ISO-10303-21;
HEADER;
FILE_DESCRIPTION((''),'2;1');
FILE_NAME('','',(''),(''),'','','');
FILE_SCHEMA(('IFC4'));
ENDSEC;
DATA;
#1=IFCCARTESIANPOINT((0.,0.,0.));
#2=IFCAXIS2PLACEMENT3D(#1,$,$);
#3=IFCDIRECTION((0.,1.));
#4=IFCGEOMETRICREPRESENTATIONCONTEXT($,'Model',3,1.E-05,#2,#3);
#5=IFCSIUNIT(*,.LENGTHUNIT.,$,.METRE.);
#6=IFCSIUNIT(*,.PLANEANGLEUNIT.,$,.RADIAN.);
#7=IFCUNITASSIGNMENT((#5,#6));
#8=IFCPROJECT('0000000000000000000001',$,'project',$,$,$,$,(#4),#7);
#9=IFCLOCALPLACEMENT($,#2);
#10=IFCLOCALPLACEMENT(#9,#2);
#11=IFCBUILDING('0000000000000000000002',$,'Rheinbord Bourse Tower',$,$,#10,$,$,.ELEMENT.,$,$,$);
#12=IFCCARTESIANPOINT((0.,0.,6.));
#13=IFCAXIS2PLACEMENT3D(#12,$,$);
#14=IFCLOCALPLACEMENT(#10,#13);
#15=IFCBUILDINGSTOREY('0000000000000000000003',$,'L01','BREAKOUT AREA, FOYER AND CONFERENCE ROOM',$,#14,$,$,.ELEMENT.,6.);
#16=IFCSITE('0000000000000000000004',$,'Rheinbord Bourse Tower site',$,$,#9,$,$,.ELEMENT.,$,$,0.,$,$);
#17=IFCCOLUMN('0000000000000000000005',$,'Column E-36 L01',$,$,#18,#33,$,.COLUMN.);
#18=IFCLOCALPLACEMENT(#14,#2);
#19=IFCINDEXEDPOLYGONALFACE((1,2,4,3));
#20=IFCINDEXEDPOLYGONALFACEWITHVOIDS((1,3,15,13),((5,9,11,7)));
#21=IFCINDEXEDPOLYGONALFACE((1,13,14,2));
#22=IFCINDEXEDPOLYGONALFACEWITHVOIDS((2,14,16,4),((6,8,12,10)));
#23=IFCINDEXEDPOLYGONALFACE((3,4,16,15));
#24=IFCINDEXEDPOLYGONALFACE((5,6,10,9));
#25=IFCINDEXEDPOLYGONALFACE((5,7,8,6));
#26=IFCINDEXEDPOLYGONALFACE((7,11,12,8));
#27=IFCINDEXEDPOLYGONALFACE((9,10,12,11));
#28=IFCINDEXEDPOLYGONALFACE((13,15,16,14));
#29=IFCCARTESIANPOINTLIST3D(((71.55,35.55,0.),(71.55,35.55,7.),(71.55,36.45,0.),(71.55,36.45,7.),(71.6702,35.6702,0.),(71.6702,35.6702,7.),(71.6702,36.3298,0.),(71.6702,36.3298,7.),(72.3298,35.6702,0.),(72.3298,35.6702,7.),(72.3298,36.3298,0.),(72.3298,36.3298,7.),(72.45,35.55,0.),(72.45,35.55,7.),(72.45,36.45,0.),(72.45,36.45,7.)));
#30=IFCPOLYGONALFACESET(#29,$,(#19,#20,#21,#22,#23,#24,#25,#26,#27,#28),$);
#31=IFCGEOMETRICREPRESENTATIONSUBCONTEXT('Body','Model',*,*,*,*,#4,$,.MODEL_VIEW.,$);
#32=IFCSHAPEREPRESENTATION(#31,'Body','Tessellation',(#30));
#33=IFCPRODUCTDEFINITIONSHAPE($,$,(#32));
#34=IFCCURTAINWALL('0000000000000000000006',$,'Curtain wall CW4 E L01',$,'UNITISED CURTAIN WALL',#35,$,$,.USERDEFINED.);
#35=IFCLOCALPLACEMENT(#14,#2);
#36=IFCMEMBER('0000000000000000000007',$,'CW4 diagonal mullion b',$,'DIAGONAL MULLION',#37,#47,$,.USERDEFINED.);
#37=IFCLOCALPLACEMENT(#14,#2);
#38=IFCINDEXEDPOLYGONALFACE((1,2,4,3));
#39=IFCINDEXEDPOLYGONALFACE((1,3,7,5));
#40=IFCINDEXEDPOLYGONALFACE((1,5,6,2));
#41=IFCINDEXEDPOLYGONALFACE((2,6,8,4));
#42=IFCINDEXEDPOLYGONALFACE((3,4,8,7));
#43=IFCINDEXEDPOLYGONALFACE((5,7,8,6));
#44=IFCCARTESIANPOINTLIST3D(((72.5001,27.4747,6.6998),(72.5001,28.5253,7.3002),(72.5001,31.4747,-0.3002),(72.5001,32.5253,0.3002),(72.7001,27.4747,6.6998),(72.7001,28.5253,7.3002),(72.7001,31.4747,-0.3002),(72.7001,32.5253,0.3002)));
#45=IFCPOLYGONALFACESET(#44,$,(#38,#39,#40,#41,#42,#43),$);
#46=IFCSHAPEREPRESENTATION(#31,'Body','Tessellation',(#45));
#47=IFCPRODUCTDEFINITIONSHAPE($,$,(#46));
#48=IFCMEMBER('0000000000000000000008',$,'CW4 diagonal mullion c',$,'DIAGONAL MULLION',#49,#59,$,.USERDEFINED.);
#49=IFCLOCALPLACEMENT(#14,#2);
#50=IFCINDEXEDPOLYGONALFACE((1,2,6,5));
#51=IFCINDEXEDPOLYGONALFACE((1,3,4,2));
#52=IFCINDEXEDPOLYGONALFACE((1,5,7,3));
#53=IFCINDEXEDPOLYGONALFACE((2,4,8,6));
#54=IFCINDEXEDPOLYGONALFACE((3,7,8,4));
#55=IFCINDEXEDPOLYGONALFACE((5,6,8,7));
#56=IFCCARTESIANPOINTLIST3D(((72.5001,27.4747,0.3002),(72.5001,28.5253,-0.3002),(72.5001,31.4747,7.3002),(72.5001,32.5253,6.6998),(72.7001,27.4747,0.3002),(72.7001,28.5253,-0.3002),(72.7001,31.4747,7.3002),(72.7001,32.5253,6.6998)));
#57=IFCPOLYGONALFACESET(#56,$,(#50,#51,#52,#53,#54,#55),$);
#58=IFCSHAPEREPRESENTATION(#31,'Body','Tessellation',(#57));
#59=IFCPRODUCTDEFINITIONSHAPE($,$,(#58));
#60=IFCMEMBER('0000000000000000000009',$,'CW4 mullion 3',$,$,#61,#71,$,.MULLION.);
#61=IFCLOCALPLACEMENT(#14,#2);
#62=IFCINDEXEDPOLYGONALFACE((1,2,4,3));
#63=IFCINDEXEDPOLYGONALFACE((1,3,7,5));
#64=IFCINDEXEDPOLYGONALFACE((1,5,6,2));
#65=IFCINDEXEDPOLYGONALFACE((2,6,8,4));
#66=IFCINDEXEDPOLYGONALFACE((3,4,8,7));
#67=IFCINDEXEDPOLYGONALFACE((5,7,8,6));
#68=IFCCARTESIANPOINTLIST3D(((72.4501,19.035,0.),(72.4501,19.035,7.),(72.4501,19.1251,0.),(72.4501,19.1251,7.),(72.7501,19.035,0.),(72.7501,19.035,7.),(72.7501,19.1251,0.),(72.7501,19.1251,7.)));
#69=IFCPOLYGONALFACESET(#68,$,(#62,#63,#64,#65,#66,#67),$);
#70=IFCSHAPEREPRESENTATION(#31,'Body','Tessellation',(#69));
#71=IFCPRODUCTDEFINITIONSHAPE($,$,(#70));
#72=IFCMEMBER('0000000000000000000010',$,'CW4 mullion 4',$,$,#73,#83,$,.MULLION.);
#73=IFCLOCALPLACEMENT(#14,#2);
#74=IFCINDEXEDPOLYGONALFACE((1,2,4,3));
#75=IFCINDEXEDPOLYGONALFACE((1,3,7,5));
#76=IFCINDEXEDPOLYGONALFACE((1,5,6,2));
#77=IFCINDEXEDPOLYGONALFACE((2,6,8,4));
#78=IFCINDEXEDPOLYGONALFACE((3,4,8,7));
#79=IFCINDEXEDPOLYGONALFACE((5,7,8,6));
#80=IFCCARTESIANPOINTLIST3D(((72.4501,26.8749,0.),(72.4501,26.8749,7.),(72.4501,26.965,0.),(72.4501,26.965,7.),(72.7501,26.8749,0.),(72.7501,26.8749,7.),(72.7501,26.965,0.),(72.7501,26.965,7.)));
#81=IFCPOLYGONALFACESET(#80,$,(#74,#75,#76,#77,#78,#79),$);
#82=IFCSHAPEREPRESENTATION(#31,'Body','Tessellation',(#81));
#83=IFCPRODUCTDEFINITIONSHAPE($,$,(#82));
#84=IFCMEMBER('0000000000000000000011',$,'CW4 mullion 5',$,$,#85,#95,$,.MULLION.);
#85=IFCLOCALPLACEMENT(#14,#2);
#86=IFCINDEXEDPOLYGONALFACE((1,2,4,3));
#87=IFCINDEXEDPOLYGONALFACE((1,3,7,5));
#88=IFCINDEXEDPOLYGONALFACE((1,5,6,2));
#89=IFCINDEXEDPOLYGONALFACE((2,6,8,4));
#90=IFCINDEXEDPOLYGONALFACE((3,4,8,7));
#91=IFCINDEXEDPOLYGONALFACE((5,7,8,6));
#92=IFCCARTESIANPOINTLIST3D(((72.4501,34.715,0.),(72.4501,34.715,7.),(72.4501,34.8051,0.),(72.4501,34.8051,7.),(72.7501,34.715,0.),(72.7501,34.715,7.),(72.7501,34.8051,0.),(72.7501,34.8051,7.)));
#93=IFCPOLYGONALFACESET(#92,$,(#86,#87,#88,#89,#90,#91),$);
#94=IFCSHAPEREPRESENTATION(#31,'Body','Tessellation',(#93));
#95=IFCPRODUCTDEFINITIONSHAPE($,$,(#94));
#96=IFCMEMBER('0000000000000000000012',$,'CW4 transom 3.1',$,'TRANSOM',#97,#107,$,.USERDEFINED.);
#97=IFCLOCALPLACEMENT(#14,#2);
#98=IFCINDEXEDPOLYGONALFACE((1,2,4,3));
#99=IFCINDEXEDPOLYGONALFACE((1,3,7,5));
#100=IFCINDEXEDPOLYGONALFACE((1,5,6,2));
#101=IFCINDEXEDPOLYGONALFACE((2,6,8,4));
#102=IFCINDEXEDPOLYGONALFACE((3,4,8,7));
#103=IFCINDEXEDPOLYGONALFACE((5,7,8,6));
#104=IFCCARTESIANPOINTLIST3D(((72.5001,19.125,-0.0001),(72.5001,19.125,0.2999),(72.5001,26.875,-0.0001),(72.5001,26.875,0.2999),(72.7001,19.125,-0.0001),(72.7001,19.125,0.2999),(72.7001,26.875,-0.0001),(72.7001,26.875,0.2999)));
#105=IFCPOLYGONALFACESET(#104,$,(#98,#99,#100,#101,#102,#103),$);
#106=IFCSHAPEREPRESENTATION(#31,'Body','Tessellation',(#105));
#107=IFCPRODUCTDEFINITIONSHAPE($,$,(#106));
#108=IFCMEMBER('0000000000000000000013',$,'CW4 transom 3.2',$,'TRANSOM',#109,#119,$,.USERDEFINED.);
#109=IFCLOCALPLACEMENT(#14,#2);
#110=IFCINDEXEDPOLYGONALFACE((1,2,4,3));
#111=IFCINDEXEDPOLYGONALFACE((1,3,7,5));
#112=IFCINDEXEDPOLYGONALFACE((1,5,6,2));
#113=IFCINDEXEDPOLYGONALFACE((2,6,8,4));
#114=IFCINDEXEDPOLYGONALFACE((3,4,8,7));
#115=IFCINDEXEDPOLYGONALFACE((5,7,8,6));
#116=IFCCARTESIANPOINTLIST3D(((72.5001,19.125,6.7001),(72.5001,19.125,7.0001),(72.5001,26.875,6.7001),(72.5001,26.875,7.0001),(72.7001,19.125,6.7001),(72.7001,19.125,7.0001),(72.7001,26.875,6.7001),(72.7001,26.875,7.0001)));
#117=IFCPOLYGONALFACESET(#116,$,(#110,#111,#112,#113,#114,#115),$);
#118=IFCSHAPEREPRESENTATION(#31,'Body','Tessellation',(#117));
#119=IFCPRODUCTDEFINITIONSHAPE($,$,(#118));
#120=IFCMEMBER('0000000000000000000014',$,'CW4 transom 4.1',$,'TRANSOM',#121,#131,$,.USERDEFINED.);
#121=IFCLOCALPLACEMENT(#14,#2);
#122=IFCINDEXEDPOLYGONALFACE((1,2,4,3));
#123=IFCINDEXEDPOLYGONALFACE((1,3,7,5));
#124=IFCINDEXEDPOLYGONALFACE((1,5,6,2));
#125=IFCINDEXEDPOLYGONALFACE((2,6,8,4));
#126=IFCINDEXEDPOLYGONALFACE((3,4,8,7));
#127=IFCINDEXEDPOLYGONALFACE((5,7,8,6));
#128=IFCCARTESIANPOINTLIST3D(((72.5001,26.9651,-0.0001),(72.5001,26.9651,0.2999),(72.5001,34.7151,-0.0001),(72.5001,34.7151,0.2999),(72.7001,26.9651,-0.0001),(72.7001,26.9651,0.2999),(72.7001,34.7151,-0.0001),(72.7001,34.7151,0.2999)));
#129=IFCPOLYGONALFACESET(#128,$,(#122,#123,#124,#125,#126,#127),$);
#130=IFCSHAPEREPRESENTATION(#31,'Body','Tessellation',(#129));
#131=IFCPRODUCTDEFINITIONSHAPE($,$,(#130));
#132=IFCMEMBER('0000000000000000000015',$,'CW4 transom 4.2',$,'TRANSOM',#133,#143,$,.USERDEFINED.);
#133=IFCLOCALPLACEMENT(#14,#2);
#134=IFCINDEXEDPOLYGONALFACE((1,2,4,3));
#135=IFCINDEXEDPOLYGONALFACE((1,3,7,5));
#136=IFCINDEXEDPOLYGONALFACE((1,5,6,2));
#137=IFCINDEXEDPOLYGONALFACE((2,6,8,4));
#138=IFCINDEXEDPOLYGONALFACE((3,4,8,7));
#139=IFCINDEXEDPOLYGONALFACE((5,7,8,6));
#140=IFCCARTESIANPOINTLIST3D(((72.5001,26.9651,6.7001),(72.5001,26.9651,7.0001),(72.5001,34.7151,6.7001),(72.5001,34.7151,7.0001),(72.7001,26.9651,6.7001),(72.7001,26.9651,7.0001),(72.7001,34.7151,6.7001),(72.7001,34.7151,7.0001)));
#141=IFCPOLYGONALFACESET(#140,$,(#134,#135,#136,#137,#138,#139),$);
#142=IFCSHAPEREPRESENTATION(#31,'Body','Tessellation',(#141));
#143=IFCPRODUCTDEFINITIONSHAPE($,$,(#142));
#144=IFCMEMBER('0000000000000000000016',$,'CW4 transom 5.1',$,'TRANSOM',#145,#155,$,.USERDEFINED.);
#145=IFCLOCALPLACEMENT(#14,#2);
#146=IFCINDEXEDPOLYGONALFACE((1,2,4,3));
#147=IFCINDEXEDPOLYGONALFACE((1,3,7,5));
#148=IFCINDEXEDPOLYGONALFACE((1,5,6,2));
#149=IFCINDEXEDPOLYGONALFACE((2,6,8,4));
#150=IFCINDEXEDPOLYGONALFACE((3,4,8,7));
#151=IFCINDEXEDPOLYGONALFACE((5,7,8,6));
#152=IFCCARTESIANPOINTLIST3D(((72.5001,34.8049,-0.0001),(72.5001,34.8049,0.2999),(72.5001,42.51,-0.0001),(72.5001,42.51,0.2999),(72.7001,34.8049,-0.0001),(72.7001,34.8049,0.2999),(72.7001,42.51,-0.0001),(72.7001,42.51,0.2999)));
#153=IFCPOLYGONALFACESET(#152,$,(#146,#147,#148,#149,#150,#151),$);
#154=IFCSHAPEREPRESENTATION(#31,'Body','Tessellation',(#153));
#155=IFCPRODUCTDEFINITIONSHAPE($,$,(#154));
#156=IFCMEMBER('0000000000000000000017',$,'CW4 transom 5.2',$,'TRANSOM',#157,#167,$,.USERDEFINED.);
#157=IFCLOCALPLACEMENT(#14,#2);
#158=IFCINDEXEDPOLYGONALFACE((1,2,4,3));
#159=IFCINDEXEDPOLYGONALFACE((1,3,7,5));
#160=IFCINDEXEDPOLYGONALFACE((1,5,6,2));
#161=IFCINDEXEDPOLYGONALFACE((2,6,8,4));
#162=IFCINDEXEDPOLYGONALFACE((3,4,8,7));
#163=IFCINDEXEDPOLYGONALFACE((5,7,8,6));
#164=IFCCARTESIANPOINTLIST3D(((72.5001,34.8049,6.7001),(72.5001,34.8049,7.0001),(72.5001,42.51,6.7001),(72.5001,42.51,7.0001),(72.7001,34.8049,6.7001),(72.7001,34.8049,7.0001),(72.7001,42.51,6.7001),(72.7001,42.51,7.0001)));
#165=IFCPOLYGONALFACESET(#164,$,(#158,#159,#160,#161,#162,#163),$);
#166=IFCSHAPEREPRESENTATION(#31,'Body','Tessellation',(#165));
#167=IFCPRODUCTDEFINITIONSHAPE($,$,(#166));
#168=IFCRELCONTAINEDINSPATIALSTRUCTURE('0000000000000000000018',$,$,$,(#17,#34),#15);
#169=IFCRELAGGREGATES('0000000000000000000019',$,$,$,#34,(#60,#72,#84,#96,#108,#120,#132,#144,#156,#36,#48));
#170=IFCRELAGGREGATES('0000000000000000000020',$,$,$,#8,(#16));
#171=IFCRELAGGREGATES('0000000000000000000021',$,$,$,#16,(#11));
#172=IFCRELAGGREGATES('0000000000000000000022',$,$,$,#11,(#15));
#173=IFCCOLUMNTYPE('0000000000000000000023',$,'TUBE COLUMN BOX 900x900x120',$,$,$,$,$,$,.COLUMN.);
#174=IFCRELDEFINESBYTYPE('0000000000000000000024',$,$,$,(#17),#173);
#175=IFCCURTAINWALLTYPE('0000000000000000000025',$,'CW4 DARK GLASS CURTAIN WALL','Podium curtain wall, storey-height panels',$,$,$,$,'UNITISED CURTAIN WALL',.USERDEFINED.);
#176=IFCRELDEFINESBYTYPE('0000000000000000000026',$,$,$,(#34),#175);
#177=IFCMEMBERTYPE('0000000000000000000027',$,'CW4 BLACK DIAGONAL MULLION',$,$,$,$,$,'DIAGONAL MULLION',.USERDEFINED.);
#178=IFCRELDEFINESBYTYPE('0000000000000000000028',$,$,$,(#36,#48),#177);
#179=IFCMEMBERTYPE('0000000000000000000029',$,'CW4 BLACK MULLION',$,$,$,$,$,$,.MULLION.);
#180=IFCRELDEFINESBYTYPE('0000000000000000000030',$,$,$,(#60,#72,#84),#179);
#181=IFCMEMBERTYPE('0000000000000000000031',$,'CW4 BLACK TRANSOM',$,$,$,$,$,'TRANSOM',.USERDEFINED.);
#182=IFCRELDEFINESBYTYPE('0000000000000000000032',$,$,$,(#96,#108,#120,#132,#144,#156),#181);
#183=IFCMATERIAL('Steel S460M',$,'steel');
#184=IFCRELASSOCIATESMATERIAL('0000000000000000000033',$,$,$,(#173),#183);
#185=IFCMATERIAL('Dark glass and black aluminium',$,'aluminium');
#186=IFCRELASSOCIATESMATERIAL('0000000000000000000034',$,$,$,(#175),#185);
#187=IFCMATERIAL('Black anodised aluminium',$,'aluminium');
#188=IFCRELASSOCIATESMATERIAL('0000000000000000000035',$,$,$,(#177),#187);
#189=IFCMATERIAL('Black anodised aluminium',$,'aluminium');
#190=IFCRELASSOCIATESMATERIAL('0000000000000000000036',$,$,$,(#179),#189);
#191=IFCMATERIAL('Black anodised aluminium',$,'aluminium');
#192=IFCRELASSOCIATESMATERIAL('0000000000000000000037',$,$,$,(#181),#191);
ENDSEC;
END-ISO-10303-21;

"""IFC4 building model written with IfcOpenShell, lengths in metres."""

from ifc_helpers import new_model, si_unit, direction, frame, origin, origin_2d, place, context, subcontext, project, spatial, rectangle, hollow_rectangle, extrude, material, material_profile, profile_set, type_object, element, aggregate, save


model = new_model("IFC4")

# Units and contexts
model_context = context("Model", 3, precision=1e-05, world=origin(), true_north=direction((0.0, 1.0)))
body_context = subcontext(model_context, "Body", "Model", "MODEL_VIEW")
ifc_project = project(units=[si_unit("LENGTHUNIT", "METRE"), si_unit("PLANEANGLEUNIT", "RADIAN")], contexts=[model_context])

# Site, building, storey
site_placement = place(None, origin())
site = spatial("IfcSite", under=ifc_project, at=site_placement, Name="Rheinbord Bourse Tower site", CompositionType="ELEMENT", RefElevation=0.0)
building_placement = place(site_placement, origin())
building = spatial("IfcBuilding", under=site, at=building_placement, Name="Rheinbord Bourse Tower", CompositionType="ELEMENT")
storey_placement = place(building_placement, frame((0.0, 0.0, 6.0)))
storey = spatial("IfcBuildingStorey", under=building, at=storey_placement, Name="L01", Description="BREAKOUT AREA, FOYER AND CONFERENCE ROOM", CompositionType="ELEMENT", Elevation=6.0)

# Column
ifc_material_1 = material(Name="Steel S460M", Category="steel")
ifc_material_profile_1 = material_profile(ifc_material_1, hollow_rectangle(XDim=0.8999, YDim=0.8999, WallThickness=0.1201, at=origin_2d()), Name="BOX 900x900x120")
ifc_profile_set_1 = profile_set([ifc_material_profile_1], Name="Steel S460M")
column_type = type_object("IfcColumnType", Name="TUBE COLUMN BOX 900x900x120", PredefinedType="COLUMN", material=ifc_profile_set_1)
column_placement = place(storey_placement, frame((72.0, 36.0, 0.0), z_axis=(0.0, 0.0, 1.0), x_axis=(1.0, 0.0, 0.0)))
element("IfcColumn", 1, at=column_placement, inside=storey, type_object=column_type, Name="Column E-36 L01", PredefinedType="COLUMN", context=body_context, shape_type="SweptSolid", body=[
    extrude(hollow_rectangle(XDim=0.8999, YDim=0.8999, WallThickness=0.1201, at=origin_2d()), origin(), (0.0, 0.0, 1.0), 7.0),
])

# Curtain wall, members
ifc_material_2 = material(Name="Dark glass and black aluminium", Category="aluminium")
curtain_wall_type = type_object("IfcCurtainWallType", Name="CW4 DARK GLASS CURTAIN WALL", Description="Podium curtain wall, storey-height panels", ElementType="UNITISED CURTAIN WALL", PredefinedType="USERDEFINED", material=ifc_material_2)
curtain_wall_placement = place(storey_placement, origin())
curtain_wall = element("IfcCurtainWall", 2, at=curtain_wall_placement, inside=storey, type_object=curtain_wall_type, Name="Curtain wall CW4 E L01", ObjectType="UNITISED CURTAIN WALL", PredefinedType="USERDEFINED")
ifc_material_3 = material(Name="Black anodised aluminium", Category="aluminium")
ifc_material_profile_2 = material_profile(ifc_material_3, rectangle(XDim=0.2, YDim=1.21, at=origin_2d()), Name="CW4 DIAGONAL MULLION 1210x200")
ifc_profile_set_2 = profile_set([ifc_material_profile_2], Name="Black anodised aluminium")
member_type_1 = type_object("IfcMemberType", Name="CW4 BLACK DIAGONAL MULLION", ElementType="DIAGONAL MULLION", PredefinedType="USERDEFINED", material=ifc_profile_set_2)
member_1_placement = place(storey_placement, frame((72.6001, 32.0, 0.0), z_axis=(0.0, -0.496139, 0.868243), x_axis=(1.0, 0.0, 0.0)))
member_1 = element("IfcMember", 3, at=member_1_placement, type_object=member_type_1, Name="CW4 diagonal mullion b", ObjectType="DIAGONAL MULLION", PredefinedType="USERDEFINED", context=body_context, shape_type="SweptSolid", body=[
    extrude(rectangle(XDim=0.2, YDim=1.21, at=origin_2d()), origin(), (0.0, 0.0, 1.0), 8.0623),
])
member_2_placement = place(storey_placement, frame((72.6001, 28.0, 0.0), z_axis=(0.0, 0.496139, 0.868243), x_axis=(-1.0, 0.0, 0.0)))
member_2 = element("IfcMember", 4, at=member_2_placement, type_object=member_type_1, Name="CW4 diagonal mullion c", ObjectType="DIAGONAL MULLION", PredefinedType="USERDEFINED", context=body_context, shape_type="SweptSolid", body=[
    extrude(rectangle(XDim=0.2, YDim=1.21, at=origin_2d()), origin(), (0.0, 0.0, 1.0), 8.0623),
])
ifc_material_4 = material(Name="Black anodised aluminium", Category="aluminium")
ifc_material_profile_3 = material_profile(ifc_material_4, rectangle(XDim=0.3, YDim=0.0901, at=origin_2d()), Name="CW4 MULLION 90x300")
ifc_profile_set_3 = profile_set([ifc_material_profile_3], Name="Black anodised aluminium")
member_type_2 = type_object("IfcMemberType", Name="CW4 BLACK MULLION", PredefinedType="MULLION", material=ifc_profile_set_3)
member_3_placement = place(storey_placement, frame((72.6001, 19.0801, 0.0), z_axis=(0.0, 0.0, 1.0), x_axis=(-1.0, 0.0, 0.0)))
member_3 = element("IfcMember", 5, at=member_3_placement, type_object=member_type_2, Name="CW4 mullion 3", PredefinedType="MULLION", context=body_context, shape_type="SweptSolid", body=[
    extrude(rectangle(XDim=0.3, YDim=0.0901, at=origin_2d()), origin(), (0.0, 0.0, 1.0), 7.0),
])
member_4_placement = place(storey_placement, frame((72.6001, 26.9199, 0.0), z_axis=(0.0, 0.0, 1.0), x_axis=(-1.0, 0.0, 0.0)))
member_4 = element("IfcMember", 6, at=member_4_placement, type_object=member_type_2, Name="CW4 mullion 4", PredefinedType="MULLION", context=body_context, shape_type="SweptSolid", body=[
    extrude(rectangle(XDim=0.3, YDim=0.0901, at=origin_2d()), origin(), (0.0, 0.0, 1.0), 7.0),
])
member_5_placement = place(storey_placement, frame((72.6001, 34.76, 0.0), z_axis=(0.0, 0.0, 1.0), x_axis=(-1.0, 0.0, 0.0)))
member_5 = element("IfcMember", 7, at=member_5_placement, type_object=member_type_2, Name="CW4 mullion 5", PredefinedType="MULLION", context=body_context, shape_type="SweptSolid", body=[
    extrude(rectangle(XDim=0.3, YDim=0.0901, at=origin_2d()), origin(), (0.0, 0.0, 1.0), 7.0),
])
ifc_material_5 = material(Name="Black anodised aluminium", Category="aluminium")
ifc_material_profile_4 = material_profile(ifc_material_5, rectangle(XDim=0.2, YDim=0.3, at=origin_2d()), Name="CW4 TRANSOM 300x200")
ifc_profile_set_4 = profile_set([ifc_material_profile_4], Name="Black anodised aluminium")
member_type_3 = type_object("IfcMemberType", Name="CW4 BLACK TRANSOM", ElementType="TRANSOM", PredefinedType="USERDEFINED", material=ifc_profile_set_4)
member_6_placement = place(storey_placement, frame((72.6001, 19.125, 0.1499), z_axis=(0.0, 1.0, 0.0), x_axis=(-1.0, 0.0, 0.0)))
member_6 = element("IfcMember", 8, at=member_6_placement, type_object=member_type_3, Name="CW4 transom 3.1", ObjectType="TRANSOM", PredefinedType="USERDEFINED", context=body_context, shape_type="SweptSolid", body=[
    extrude(rectangle(XDim=0.2, YDim=0.3, at=origin_2d()), origin(), (0.0, 0.0, 1.0), 7.75),
])
member_7_placement = place(storey_placement, frame((72.6001, 19.125, 6.8501), z_axis=(0.0, 1.0, 0.0), x_axis=(-1.0, 0.0, 0.0)))
member_7 = element("IfcMember", 9, at=member_7_placement, type_object=member_type_3, Name="CW4 transom 3.2", ObjectType="TRANSOM", PredefinedType="USERDEFINED", context=body_context, shape_type="SweptSolid", body=[
    extrude(rectangle(XDim=0.2, YDim=0.3, at=origin_2d()), origin(), (0.0, 0.0, 1.0), 7.75),
])
member_8_placement = place(storey_placement, frame((72.6001, 26.9651, 0.1499), z_axis=(0.0, 1.0, 0.0), x_axis=(-1.0, 0.0, 0.0)))
member_8 = element("IfcMember", 10, at=member_8_placement, type_object=member_type_3, Name="CW4 transom 4.1", ObjectType="TRANSOM", PredefinedType="USERDEFINED", context=body_context, shape_type="SweptSolid", body=[
    extrude(rectangle(XDim=0.2, YDim=0.3, at=origin_2d()), origin(), (0.0, 0.0, 1.0), 7.75),
])
member_9_placement = place(storey_placement, frame((72.6001, 26.9651, 6.8501), z_axis=(0.0, 1.0, 0.0), x_axis=(-1.0, 0.0, 0.0)))
member_9 = element("IfcMember", 11, at=member_9_placement, type_object=member_type_3, Name="CW4 transom 4.2", ObjectType="TRANSOM", PredefinedType="USERDEFINED", context=body_context, shape_type="SweptSolid", body=[
    extrude(rectangle(XDim=0.2, YDim=0.3, at=origin_2d()), origin(), (0.0, 0.0, 1.0), 7.75),
])
member_10_placement = place(storey_placement, frame((72.6001, 34.8049, 0.1499), z_axis=(0.0, 1.0, 0.0), x_axis=(-1.0, 0.0, 0.0)))
member_10 = element("IfcMember", 12, at=member_10_placement, type_object=member_type_3, Name="CW4 transom 5.1", ObjectType="TRANSOM", PredefinedType="USERDEFINED", context=body_context, shape_type="SweptSolid", body=[
    extrude(rectangle(XDim=0.2, YDim=0.3, at=origin_2d()), origin(), (0.0, 0.0, 1.0), 7.7051),
])
member_11_placement = place(storey_placement, frame((72.6001, 34.8049, 6.8501), z_axis=(0.0, 1.0, 0.0), x_axis=(-1.0, 0.0, 0.0)))
member_11 = element("IfcMember", 13, at=member_11_placement, type_object=member_type_3, Name="CW4 transom 5.2", ObjectType="TRANSOM", PredefinedType="USERDEFINED", context=body_context, shape_type="SweptSolid", body=[
    extrude(rectangle(XDim=0.2, YDim=0.3, at=origin_2d()), origin(), (0.0, 0.0, 1.0), 7.7051),
])

aggregate(curtain_wall, [member_3, member_4, member_5, member_6, member_7, member_8, member_9, member_10, member_11, member_1, member_2])

save(model, "model.ifc")
